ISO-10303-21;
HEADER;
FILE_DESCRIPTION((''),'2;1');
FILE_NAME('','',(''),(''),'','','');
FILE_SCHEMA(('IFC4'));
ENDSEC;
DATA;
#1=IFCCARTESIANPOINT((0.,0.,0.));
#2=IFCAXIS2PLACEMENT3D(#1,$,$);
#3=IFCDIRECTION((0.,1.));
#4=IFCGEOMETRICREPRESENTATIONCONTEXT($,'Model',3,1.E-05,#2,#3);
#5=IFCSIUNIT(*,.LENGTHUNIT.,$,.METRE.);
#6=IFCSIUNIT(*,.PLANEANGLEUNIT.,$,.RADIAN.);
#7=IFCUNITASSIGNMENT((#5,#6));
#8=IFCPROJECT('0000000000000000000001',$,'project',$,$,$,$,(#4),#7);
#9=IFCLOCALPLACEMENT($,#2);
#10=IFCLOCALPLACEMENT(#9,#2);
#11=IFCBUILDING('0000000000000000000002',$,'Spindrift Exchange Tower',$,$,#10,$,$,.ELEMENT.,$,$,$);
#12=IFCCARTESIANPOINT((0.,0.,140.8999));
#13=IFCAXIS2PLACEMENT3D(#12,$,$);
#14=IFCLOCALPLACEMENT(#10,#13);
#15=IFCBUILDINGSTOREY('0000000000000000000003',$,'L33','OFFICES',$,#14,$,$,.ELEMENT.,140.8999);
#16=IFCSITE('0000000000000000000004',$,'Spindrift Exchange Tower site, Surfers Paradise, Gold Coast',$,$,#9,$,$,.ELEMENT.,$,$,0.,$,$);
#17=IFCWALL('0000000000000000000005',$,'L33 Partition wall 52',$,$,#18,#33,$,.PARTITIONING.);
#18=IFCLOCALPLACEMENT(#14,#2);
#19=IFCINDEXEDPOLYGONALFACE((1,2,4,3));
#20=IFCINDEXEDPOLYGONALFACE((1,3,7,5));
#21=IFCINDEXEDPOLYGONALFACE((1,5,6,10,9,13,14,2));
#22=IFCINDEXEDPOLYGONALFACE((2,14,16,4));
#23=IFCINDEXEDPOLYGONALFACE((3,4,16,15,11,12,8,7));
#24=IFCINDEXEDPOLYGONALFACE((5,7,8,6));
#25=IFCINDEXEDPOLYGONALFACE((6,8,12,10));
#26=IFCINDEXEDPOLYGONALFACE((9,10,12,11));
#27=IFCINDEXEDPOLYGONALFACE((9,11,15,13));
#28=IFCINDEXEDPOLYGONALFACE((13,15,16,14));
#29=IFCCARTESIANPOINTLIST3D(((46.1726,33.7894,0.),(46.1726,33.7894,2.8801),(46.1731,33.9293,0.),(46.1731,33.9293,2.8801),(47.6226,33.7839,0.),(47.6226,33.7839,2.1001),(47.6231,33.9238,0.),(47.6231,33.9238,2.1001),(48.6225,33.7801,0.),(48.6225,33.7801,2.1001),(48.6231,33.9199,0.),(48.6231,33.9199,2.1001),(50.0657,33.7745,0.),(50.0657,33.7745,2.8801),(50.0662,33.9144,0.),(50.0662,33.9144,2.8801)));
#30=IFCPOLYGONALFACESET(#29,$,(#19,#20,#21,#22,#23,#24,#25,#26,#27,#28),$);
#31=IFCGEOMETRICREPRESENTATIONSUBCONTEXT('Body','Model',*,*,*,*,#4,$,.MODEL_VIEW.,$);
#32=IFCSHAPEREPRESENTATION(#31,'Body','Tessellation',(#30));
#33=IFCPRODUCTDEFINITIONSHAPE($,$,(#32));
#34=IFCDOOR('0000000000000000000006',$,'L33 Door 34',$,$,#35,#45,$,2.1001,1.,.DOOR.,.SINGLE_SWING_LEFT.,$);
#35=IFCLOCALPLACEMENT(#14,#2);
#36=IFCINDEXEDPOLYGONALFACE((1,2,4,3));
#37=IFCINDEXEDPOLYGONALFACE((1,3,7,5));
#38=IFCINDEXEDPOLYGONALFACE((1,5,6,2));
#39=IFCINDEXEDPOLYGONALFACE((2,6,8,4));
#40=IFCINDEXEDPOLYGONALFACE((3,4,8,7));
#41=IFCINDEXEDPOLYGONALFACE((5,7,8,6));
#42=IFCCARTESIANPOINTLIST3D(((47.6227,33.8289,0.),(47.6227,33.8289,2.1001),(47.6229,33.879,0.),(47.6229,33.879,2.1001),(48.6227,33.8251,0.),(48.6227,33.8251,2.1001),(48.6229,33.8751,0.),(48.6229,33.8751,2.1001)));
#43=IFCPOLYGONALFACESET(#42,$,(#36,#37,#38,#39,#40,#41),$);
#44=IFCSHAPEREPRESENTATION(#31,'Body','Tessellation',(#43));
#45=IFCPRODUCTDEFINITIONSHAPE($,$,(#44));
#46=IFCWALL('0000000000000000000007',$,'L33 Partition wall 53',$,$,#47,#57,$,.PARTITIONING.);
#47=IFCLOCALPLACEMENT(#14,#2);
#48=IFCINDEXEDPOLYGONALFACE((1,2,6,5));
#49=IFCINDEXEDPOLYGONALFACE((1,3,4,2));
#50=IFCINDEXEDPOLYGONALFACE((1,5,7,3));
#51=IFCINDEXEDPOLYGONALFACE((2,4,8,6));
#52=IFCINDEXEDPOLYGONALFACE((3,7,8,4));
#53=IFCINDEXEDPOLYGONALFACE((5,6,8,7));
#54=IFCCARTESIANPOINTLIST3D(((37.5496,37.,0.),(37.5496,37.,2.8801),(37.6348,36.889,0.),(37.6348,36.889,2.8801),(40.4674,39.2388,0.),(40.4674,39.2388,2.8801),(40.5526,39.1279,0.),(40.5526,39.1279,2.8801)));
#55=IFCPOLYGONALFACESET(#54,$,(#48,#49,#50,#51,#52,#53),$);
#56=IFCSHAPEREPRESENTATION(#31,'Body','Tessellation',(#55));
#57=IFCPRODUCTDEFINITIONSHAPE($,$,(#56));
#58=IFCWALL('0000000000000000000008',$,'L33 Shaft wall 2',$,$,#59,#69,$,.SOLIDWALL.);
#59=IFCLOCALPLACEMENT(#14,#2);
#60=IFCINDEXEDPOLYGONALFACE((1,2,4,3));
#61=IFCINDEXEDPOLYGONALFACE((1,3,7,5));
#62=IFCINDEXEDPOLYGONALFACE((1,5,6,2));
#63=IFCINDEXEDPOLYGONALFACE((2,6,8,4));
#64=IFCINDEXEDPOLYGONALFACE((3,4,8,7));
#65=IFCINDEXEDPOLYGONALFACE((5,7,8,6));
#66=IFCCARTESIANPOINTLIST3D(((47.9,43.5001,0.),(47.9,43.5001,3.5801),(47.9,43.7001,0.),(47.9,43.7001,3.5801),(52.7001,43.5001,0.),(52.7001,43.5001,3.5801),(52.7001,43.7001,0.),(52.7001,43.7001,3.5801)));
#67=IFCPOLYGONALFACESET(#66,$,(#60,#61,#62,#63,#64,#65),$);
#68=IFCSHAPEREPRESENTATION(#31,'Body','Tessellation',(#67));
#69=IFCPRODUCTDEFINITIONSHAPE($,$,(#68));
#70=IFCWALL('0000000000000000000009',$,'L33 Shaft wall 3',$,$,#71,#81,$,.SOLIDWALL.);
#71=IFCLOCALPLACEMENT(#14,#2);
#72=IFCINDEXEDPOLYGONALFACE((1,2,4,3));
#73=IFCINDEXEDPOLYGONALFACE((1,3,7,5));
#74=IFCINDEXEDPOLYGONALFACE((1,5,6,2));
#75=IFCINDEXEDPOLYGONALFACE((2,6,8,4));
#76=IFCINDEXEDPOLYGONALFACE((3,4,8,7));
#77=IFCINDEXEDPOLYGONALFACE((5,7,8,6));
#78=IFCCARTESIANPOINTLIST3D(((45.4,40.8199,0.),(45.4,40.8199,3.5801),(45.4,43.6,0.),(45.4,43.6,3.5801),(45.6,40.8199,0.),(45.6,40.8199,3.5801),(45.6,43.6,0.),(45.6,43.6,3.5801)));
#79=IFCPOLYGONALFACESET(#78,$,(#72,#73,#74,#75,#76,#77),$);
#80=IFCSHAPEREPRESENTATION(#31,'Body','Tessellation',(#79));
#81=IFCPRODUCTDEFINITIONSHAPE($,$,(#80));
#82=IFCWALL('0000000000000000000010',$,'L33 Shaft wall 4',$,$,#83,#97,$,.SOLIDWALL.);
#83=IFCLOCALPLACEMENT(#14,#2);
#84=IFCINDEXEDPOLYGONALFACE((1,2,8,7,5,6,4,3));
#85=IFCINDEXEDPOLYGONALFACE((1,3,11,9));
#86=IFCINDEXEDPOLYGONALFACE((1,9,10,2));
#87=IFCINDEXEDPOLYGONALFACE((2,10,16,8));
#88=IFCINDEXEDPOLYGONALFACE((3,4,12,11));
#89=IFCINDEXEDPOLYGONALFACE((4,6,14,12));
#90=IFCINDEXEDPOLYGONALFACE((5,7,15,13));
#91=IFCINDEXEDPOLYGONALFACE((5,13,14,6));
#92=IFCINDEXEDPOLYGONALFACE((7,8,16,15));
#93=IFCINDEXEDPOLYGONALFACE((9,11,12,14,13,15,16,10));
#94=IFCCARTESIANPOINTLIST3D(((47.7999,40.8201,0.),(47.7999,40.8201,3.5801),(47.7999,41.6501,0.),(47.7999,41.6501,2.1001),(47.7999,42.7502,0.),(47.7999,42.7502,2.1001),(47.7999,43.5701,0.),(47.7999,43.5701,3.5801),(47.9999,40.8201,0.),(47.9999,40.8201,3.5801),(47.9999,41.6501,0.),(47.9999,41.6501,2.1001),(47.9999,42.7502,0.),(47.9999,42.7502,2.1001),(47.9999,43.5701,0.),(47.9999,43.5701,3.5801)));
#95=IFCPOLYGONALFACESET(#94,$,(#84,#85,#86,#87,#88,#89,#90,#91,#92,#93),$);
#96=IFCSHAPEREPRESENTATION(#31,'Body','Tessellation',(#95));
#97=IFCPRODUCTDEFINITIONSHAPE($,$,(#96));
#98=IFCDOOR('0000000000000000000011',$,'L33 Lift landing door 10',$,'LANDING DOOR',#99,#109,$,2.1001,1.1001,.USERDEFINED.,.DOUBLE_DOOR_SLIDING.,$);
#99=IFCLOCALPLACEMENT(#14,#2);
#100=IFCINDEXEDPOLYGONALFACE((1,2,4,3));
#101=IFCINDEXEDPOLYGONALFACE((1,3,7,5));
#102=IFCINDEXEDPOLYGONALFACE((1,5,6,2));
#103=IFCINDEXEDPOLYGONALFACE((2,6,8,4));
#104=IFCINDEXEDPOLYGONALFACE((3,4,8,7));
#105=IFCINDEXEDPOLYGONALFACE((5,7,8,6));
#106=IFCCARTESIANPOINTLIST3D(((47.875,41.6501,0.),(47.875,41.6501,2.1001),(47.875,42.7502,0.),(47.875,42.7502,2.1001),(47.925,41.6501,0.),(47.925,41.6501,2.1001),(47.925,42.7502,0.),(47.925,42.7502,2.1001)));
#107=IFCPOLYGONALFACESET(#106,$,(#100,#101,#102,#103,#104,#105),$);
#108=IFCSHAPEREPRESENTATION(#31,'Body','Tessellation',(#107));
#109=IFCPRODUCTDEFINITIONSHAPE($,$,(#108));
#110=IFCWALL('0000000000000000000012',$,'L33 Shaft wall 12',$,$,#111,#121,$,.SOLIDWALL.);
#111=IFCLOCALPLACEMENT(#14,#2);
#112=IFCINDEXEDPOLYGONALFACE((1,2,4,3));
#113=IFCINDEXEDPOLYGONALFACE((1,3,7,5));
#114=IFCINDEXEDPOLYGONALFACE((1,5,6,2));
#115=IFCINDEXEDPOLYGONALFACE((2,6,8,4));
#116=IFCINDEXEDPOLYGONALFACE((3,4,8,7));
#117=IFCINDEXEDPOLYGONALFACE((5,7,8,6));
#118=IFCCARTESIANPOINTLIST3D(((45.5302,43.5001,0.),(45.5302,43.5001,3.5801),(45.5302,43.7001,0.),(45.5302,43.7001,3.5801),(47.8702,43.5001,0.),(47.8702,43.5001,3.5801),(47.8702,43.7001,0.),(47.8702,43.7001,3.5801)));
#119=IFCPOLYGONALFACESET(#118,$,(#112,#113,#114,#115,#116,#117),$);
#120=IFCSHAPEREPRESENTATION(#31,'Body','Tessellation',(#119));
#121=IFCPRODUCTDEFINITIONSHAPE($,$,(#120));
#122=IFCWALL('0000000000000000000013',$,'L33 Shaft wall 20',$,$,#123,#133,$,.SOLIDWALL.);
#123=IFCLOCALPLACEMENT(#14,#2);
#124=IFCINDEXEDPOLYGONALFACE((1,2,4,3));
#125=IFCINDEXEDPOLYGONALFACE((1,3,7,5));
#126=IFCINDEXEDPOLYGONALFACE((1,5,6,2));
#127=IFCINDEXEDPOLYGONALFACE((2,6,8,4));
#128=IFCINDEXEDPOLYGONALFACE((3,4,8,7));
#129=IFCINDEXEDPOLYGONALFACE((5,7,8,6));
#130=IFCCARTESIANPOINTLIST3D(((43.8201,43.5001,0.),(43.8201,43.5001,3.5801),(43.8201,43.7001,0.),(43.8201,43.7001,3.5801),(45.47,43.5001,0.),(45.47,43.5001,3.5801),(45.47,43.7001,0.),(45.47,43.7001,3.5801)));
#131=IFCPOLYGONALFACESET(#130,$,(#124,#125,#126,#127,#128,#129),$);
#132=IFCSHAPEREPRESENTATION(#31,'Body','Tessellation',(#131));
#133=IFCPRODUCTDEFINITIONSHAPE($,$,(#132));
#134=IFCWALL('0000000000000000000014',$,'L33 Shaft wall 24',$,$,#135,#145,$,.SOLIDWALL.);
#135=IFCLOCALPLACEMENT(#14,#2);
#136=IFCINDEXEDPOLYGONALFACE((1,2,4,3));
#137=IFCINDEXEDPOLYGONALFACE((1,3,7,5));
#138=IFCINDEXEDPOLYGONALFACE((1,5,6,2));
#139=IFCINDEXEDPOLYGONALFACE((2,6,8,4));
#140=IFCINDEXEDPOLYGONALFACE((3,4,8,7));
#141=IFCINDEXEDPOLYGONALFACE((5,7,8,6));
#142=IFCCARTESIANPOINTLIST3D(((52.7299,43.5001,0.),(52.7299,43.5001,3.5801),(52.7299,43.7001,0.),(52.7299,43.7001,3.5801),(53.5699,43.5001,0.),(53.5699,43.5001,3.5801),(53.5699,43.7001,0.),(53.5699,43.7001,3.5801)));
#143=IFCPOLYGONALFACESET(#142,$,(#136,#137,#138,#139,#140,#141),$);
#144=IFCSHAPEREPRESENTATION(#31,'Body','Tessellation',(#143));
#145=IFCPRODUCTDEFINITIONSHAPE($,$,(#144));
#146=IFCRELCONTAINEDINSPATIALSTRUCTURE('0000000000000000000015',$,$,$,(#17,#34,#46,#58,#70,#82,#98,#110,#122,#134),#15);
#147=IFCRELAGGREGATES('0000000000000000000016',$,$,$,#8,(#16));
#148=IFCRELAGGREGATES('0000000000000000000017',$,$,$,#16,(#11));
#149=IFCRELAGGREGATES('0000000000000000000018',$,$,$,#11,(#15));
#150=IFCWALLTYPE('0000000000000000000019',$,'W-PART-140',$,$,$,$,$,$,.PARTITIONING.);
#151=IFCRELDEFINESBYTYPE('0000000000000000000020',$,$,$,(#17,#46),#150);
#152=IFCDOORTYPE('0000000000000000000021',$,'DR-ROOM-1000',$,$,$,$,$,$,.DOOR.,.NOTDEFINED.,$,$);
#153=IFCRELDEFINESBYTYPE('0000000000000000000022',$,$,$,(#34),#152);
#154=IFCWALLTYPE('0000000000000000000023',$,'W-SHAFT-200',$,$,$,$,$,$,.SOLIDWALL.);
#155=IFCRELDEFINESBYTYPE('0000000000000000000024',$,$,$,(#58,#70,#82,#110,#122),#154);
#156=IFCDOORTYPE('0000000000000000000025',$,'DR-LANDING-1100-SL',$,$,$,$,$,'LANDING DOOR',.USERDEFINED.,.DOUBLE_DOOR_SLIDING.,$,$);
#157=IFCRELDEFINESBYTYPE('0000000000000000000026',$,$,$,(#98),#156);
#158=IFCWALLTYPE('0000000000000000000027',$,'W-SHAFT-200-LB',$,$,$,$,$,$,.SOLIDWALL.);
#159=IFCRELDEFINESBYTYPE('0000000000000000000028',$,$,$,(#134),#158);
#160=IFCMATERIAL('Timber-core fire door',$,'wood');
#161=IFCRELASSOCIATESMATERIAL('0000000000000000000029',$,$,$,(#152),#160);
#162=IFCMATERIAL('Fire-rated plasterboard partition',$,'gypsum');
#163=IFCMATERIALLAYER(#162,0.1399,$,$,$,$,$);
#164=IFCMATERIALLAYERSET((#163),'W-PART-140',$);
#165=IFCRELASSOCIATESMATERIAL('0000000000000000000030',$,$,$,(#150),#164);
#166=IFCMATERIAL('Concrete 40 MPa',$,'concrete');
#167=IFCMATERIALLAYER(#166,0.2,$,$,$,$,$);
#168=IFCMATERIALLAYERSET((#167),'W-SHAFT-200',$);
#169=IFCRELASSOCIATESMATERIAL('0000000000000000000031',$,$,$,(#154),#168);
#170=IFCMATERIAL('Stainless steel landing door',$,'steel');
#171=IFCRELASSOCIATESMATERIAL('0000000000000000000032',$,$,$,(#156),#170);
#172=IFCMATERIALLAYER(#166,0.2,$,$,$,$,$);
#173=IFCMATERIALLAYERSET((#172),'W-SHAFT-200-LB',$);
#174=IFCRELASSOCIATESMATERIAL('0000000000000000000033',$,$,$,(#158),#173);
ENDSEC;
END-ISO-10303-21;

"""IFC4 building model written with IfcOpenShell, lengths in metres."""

from ifc_helpers import new_model, si_unit, direction, frame, frame_2d, origin, place, context, subcontext, project, spatial, rectangle, extrude, source, transform, mapped, material, layer, layer_set, type_object, element, fill, save


model = new_model("IFC4")

# Units and contexts
model_context = context("Model", 3, precision=1e-05, world=origin(), true_north=direction((0.0, 1.0)))
body_context = subcontext(model_context, "Body", "Model", "MODEL_VIEW")
ifc_project = project(units=[si_unit("LENGTHUNIT", "METRE"), si_unit("PLANEANGLEUNIT", "RADIAN")], contexts=[model_context])

# Site, building, storey
site_placement = place(None, origin())
site = spatial("IfcSite", under=ifc_project, at=site_placement, Name="Spindrift Exchange Tower site, Surfers Paradise, Gold Coast", CompositionType="ELEMENT", RefElevation=0.0)
building_placement = place(site_placement, origin())
building = spatial("IfcBuilding", under=site, at=building_placement, Name="Spindrift Exchange Tower", CompositionType="ELEMENT")
storey_placement = place(building_placement, frame((0.0, 0.0, 140.8999)))
storey = spatial("IfcBuildingStorey", under=building, at=storey_placement, Name="L33", Description="OFFICES", CompositionType="ELEMENT", Elevation=140.8999)

# Shared definitions
ifc_material_1 = material(Name="Timber-core fire door", Category="wood")
ifc_material_2 = material(Name="Fire-rated plasterboard partition", Category="gypsum")
door_type_1 = type_object("IfcDoorType", Name="DR-ROOM-1000", OperationType="NOTDEFINED", PredefinedType="DOOR", material=ifc_material_1)
shared_shape_1 = source(origin(), body_context, "Body", "SweptSolid", [
    extrude(rectangle(XDim=1.0, YDim=2.1001, at=frame_2d((0.5, 1.05))), frame((0.0, 0.0249, 0.0), z_axis=(0.0, -1.0, 0.0), x_axis=(1.0, 0.0, 0.0)), (0.0, 0.0, 1.0), 0.05),
])

# Shared definitions
ifc_layer_1 = layer(ifc_material_2, 0.1399)
ifc_layer_set_1 = layer_set([ifc_layer_1], Name="W-PART-140")
wall_type_1 = type_object("IfcWallType", Name="W-PART-140", PredefinedType="PARTITIONING", material=ifc_layer_set_1)

# Wall, opening, door
wall_1_placement = place(storey_placement, frame((50.0659, 33.8445, 0.0), z_axis=(0.0, 0.0, 1.0), x_axis=(-0.999993, 0.003825, 0.0)))
wall_1 = element("IfcWall", 1, at=wall_1_placement, inside=storey, type_object=wall_type_1, Name="L33 Partition wall 52", PredefinedType="PARTITIONING", context=body_context, shape_type="SweptSolid", body=[
    extrude(rectangle(XDim=3.8931, YDim=0.1399, at=frame_2d((1.9465, 0.0))), origin(), (0.0, 0.0, 1.0), 2.8801),
])
opening_1_placement = place(wall_1_placement, frame((1.4431, 0.0, 0.0)))
opening_1 = element("IfcOpeningElement", 2, at=opening_1_placement, cuts=wall_1, PredefinedType="OPENING", context=body_context, shape_type="SweptSolid", body=[
    extrude(rectangle(XDim=1.0, YDim=2.1001, at=frame_2d((0.5, 1.05))), frame((0.0, 0.0798, 0.0), z_axis=(0.0, -1.0, 0.0), x_axis=(1.0, 0.0, 0.0)), (0.0, 0.0, 1.0), 0.1599),
])
door_1_placement = place(opening_1_placement, origin())
door_1 = element("IfcDoor", 3, at=door_1_placement, inside=storey, type_object=door_type_1, Name="L33 Door 34", OperationType="SINGLE_SWING_LEFT", OverallHeight=2.1001, OverallWidth=1.0, PredefinedType="DOOR", context=body_context, shape_type="MappedRepresentation", body=[
    mapped(shared_shape_1, transform((0.0, 0.0, 0.0), scale=1.0)),
])
fill(opening_1, door_1)

# Walls
wall_2_placement = place(storey_placement, frame((40.51, 39.1833, 0.0), z_axis=(0.0, 0.0, 1.0), x_axis=(-0.793364, -0.608748, 0.0)))
element("IfcWall", 4, at=wall_2_placement, inside=storey, type_object=wall_type_1, Name="L33 Partition wall 53", PredefinedType="PARTITIONING", context=body_context, shape_type="SweptSolid", body=[
    extrude(rectangle(XDim=3.6777, YDim=0.1399, at=frame_2d((1.8389, 0.0))), origin(), (0.0, 0.0, 1.0), 2.8801),
])
ifc_material_3 = material(Name="Concrete 40 MPa", Category="concrete")
ifc_layer_2 = layer(ifc_material_3, 0.2)
ifc_layer_set_2 = layer_set([ifc_layer_2], Name="W-SHAFT-200")
wall_type_2 = type_object("IfcWallType", Name="W-SHAFT-200", PredefinedType="SOLIDWALL", material=ifc_layer_set_2)
wall_3_placement = place(storey_placement, frame((52.7, 43.6001, 0.0), z_axis=(0.0, 0.0, 1.0), x_axis=(-1.0, 0.0, 0.0)))
element("IfcWall", 5, at=wall_3_placement, inside=storey, type_object=wall_type_2, Name="L33 Shaft wall 2", PredefinedType="SOLIDWALL", context=body_context, shape_type="SweptSolid", body=[
    extrude(rectangle(XDim=4.8, YDim=0.2, at=frame_2d((2.3999, 0.0))), origin(), (0.0, 0.0, 1.0), 3.5801),
])
wall_4_placement = place(storey_placement, frame((45.5, 43.6001, 0.0), z_axis=(0.0, 0.0, 1.0), x_axis=(0.0, -1.0, 0.0)))
element("IfcWall", 6, at=wall_4_placement, inside=storey, type_object=wall_type_2, Name="L33 Shaft wall 3", PredefinedType="SOLIDWALL", context=body_context, shape_type="SweptSolid", body=[
    extrude(rectangle(XDim=2.78, YDim=0.2, at=frame_2d((1.3901, 0.0))), origin(), (0.0, 0.0, 1.0), 3.5801),
])

# Wall, opening, door
wall_5_placement = place(storey_placement, frame((47.8999, 40.8201, 0.0), z_axis=(0.0, 0.0, 1.0), x_axis=(0.0, 1.0, 0.0)))
wall_5 = element("IfcWall", 7, at=wall_5_placement, inside=storey, type_object=wall_type_2, Name="L33 Shaft wall 4", PredefinedType="SOLIDWALL", context=body_context, shape_type="SweptSolid", body=[
    extrude(rectangle(XDim=2.75, YDim=0.2, at=frame_2d((1.375, 0.0))), origin(), (0.0, 0.0, 1.0), 3.5801),
])
opening_2_placement = place(wall_5_placement, frame((0.8301, 0.0, 0.0)))
opening_2 = element("IfcOpeningElement", 8, at=opening_2_placement, cuts=wall_5, PredefinedType="OPENING", context=body_context, shape_type="SweptSolid", body=[
    extrude(rectangle(XDim=1.1001, YDim=2.1001, at=frame_2d((0.55, 1.05))), frame((0.0, 0.1099, 0.0), z_axis=(0.0, -1.0, 0.0), x_axis=(1.0, 0.0, 0.0)), (0.0, 0.0, 1.0), 0.22),
])
ifc_material_4 = material(Name="Stainless steel landing door", Category="steel")
door_type_2 = type_object("IfcDoorType", Name="DR-LANDING-1100-SL", ElementType="LANDING DOOR", OperationType="DOUBLE_DOOR_SLIDING", PredefinedType="USERDEFINED", material=ifc_material_4)
shared_shape_2 = source(origin(), body_context, "Body", "SweptSolid", [
    extrude(rectangle(XDim=1.1001, YDim=2.1001, at=frame_2d((0.55, 1.05))), frame((0.0, 0.0249, 0.0), z_axis=(0.0, -1.0, 0.0), x_axis=(1.0, 0.0, 0.0)), (0.0, 0.0, 1.0), 0.05),
])
door_2_placement = place(opening_2_placement, origin())
door_2 = element("IfcDoor", 9, at=door_2_placement, inside=storey, type_object=door_type_2, Name="L33 Lift landing door 10", ObjectType="LANDING DOOR", OperationType="DOUBLE_DOOR_SLIDING", OverallHeight=2.1001, OverallWidth=1.1001, PredefinedType="USERDEFINED", context=body_context, shape_type="MappedRepresentation", body=[
    mapped(shared_shape_2, transform((0.0, 0.0, 0.0), scale=1.0)),
])
fill(opening_2, door_2)

# Walls
wall_6_placement = place(storey_placement, frame((47.8701, 43.6001, 0.0), z_axis=(0.0, 0.0, 1.0), x_axis=(-1.0, 0.0, 0.0)))
element("IfcWall", 10, at=wall_6_placement, inside=storey, type_object=wall_type_2, Name="L33 Shaft wall 12", PredefinedType="SOLIDWALL", context=body_context, shape_type="SweptSolid", body=[
    extrude(rectangle(XDim=2.3401, YDim=0.2, at=frame_2d((1.1699, 0.0))), origin(), (0.0, 0.0, 1.0), 3.5801),
])
wall_7_placement = place(storey_placement, frame((45.47, 43.6001, 0.0), z_axis=(0.0, 0.0, 1.0), x_axis=(-1.0, 0.0, 0.0)))
element("IfcWall", 11, at=wall_7_placement, inside=storey, type_object=wall_type_2, Name="L33 Shaft wall 20", PredefinedType="SOLIDWALL", context=body_context, shape_type="SweptSolid", body=[
    extrude(rectangle(XDim=1.6499, YDim=0.2, at=frame_2d((0.825, 0.0))), origin(), (0.0, 0.0, 1.0), 3.5801),
])
ifc_layer_3 = layer(ifc_material_3, 0.2)
ifc_layer_set_3 = layer_set([ifc_layer_3], Name="W-SHAFT-200-LB")
wall_type_3 = type_object("IfcWallType", Name="W-SHAFT-200-LB", PredefinedType="SOLIDWALL", material=ifc_layer_set_3)
wall_8_placement = place(storey_placement, frame((52.73, 43.6001, 0.0), z_axis=(0.0, 0.0, 1.0), x_axis=(1.0, 0.0, 0.0)))
element("IfcWall", 12, at=wall_8_placement, inside=storey, type_object=wall_type_3, Name="L33 Shaft wall 24", PredefinedType="SOLIDWALL", context=body_context, shape_type="SweptSolid", body=[
    extrude(rectangle(XDim=0.8401, YDim=0.2, at=frame_2d((0.4199, 0.0))), origin(), (0.0, 0.0, 1.0), 3.5801),
])

save(model, "model.ifc")
